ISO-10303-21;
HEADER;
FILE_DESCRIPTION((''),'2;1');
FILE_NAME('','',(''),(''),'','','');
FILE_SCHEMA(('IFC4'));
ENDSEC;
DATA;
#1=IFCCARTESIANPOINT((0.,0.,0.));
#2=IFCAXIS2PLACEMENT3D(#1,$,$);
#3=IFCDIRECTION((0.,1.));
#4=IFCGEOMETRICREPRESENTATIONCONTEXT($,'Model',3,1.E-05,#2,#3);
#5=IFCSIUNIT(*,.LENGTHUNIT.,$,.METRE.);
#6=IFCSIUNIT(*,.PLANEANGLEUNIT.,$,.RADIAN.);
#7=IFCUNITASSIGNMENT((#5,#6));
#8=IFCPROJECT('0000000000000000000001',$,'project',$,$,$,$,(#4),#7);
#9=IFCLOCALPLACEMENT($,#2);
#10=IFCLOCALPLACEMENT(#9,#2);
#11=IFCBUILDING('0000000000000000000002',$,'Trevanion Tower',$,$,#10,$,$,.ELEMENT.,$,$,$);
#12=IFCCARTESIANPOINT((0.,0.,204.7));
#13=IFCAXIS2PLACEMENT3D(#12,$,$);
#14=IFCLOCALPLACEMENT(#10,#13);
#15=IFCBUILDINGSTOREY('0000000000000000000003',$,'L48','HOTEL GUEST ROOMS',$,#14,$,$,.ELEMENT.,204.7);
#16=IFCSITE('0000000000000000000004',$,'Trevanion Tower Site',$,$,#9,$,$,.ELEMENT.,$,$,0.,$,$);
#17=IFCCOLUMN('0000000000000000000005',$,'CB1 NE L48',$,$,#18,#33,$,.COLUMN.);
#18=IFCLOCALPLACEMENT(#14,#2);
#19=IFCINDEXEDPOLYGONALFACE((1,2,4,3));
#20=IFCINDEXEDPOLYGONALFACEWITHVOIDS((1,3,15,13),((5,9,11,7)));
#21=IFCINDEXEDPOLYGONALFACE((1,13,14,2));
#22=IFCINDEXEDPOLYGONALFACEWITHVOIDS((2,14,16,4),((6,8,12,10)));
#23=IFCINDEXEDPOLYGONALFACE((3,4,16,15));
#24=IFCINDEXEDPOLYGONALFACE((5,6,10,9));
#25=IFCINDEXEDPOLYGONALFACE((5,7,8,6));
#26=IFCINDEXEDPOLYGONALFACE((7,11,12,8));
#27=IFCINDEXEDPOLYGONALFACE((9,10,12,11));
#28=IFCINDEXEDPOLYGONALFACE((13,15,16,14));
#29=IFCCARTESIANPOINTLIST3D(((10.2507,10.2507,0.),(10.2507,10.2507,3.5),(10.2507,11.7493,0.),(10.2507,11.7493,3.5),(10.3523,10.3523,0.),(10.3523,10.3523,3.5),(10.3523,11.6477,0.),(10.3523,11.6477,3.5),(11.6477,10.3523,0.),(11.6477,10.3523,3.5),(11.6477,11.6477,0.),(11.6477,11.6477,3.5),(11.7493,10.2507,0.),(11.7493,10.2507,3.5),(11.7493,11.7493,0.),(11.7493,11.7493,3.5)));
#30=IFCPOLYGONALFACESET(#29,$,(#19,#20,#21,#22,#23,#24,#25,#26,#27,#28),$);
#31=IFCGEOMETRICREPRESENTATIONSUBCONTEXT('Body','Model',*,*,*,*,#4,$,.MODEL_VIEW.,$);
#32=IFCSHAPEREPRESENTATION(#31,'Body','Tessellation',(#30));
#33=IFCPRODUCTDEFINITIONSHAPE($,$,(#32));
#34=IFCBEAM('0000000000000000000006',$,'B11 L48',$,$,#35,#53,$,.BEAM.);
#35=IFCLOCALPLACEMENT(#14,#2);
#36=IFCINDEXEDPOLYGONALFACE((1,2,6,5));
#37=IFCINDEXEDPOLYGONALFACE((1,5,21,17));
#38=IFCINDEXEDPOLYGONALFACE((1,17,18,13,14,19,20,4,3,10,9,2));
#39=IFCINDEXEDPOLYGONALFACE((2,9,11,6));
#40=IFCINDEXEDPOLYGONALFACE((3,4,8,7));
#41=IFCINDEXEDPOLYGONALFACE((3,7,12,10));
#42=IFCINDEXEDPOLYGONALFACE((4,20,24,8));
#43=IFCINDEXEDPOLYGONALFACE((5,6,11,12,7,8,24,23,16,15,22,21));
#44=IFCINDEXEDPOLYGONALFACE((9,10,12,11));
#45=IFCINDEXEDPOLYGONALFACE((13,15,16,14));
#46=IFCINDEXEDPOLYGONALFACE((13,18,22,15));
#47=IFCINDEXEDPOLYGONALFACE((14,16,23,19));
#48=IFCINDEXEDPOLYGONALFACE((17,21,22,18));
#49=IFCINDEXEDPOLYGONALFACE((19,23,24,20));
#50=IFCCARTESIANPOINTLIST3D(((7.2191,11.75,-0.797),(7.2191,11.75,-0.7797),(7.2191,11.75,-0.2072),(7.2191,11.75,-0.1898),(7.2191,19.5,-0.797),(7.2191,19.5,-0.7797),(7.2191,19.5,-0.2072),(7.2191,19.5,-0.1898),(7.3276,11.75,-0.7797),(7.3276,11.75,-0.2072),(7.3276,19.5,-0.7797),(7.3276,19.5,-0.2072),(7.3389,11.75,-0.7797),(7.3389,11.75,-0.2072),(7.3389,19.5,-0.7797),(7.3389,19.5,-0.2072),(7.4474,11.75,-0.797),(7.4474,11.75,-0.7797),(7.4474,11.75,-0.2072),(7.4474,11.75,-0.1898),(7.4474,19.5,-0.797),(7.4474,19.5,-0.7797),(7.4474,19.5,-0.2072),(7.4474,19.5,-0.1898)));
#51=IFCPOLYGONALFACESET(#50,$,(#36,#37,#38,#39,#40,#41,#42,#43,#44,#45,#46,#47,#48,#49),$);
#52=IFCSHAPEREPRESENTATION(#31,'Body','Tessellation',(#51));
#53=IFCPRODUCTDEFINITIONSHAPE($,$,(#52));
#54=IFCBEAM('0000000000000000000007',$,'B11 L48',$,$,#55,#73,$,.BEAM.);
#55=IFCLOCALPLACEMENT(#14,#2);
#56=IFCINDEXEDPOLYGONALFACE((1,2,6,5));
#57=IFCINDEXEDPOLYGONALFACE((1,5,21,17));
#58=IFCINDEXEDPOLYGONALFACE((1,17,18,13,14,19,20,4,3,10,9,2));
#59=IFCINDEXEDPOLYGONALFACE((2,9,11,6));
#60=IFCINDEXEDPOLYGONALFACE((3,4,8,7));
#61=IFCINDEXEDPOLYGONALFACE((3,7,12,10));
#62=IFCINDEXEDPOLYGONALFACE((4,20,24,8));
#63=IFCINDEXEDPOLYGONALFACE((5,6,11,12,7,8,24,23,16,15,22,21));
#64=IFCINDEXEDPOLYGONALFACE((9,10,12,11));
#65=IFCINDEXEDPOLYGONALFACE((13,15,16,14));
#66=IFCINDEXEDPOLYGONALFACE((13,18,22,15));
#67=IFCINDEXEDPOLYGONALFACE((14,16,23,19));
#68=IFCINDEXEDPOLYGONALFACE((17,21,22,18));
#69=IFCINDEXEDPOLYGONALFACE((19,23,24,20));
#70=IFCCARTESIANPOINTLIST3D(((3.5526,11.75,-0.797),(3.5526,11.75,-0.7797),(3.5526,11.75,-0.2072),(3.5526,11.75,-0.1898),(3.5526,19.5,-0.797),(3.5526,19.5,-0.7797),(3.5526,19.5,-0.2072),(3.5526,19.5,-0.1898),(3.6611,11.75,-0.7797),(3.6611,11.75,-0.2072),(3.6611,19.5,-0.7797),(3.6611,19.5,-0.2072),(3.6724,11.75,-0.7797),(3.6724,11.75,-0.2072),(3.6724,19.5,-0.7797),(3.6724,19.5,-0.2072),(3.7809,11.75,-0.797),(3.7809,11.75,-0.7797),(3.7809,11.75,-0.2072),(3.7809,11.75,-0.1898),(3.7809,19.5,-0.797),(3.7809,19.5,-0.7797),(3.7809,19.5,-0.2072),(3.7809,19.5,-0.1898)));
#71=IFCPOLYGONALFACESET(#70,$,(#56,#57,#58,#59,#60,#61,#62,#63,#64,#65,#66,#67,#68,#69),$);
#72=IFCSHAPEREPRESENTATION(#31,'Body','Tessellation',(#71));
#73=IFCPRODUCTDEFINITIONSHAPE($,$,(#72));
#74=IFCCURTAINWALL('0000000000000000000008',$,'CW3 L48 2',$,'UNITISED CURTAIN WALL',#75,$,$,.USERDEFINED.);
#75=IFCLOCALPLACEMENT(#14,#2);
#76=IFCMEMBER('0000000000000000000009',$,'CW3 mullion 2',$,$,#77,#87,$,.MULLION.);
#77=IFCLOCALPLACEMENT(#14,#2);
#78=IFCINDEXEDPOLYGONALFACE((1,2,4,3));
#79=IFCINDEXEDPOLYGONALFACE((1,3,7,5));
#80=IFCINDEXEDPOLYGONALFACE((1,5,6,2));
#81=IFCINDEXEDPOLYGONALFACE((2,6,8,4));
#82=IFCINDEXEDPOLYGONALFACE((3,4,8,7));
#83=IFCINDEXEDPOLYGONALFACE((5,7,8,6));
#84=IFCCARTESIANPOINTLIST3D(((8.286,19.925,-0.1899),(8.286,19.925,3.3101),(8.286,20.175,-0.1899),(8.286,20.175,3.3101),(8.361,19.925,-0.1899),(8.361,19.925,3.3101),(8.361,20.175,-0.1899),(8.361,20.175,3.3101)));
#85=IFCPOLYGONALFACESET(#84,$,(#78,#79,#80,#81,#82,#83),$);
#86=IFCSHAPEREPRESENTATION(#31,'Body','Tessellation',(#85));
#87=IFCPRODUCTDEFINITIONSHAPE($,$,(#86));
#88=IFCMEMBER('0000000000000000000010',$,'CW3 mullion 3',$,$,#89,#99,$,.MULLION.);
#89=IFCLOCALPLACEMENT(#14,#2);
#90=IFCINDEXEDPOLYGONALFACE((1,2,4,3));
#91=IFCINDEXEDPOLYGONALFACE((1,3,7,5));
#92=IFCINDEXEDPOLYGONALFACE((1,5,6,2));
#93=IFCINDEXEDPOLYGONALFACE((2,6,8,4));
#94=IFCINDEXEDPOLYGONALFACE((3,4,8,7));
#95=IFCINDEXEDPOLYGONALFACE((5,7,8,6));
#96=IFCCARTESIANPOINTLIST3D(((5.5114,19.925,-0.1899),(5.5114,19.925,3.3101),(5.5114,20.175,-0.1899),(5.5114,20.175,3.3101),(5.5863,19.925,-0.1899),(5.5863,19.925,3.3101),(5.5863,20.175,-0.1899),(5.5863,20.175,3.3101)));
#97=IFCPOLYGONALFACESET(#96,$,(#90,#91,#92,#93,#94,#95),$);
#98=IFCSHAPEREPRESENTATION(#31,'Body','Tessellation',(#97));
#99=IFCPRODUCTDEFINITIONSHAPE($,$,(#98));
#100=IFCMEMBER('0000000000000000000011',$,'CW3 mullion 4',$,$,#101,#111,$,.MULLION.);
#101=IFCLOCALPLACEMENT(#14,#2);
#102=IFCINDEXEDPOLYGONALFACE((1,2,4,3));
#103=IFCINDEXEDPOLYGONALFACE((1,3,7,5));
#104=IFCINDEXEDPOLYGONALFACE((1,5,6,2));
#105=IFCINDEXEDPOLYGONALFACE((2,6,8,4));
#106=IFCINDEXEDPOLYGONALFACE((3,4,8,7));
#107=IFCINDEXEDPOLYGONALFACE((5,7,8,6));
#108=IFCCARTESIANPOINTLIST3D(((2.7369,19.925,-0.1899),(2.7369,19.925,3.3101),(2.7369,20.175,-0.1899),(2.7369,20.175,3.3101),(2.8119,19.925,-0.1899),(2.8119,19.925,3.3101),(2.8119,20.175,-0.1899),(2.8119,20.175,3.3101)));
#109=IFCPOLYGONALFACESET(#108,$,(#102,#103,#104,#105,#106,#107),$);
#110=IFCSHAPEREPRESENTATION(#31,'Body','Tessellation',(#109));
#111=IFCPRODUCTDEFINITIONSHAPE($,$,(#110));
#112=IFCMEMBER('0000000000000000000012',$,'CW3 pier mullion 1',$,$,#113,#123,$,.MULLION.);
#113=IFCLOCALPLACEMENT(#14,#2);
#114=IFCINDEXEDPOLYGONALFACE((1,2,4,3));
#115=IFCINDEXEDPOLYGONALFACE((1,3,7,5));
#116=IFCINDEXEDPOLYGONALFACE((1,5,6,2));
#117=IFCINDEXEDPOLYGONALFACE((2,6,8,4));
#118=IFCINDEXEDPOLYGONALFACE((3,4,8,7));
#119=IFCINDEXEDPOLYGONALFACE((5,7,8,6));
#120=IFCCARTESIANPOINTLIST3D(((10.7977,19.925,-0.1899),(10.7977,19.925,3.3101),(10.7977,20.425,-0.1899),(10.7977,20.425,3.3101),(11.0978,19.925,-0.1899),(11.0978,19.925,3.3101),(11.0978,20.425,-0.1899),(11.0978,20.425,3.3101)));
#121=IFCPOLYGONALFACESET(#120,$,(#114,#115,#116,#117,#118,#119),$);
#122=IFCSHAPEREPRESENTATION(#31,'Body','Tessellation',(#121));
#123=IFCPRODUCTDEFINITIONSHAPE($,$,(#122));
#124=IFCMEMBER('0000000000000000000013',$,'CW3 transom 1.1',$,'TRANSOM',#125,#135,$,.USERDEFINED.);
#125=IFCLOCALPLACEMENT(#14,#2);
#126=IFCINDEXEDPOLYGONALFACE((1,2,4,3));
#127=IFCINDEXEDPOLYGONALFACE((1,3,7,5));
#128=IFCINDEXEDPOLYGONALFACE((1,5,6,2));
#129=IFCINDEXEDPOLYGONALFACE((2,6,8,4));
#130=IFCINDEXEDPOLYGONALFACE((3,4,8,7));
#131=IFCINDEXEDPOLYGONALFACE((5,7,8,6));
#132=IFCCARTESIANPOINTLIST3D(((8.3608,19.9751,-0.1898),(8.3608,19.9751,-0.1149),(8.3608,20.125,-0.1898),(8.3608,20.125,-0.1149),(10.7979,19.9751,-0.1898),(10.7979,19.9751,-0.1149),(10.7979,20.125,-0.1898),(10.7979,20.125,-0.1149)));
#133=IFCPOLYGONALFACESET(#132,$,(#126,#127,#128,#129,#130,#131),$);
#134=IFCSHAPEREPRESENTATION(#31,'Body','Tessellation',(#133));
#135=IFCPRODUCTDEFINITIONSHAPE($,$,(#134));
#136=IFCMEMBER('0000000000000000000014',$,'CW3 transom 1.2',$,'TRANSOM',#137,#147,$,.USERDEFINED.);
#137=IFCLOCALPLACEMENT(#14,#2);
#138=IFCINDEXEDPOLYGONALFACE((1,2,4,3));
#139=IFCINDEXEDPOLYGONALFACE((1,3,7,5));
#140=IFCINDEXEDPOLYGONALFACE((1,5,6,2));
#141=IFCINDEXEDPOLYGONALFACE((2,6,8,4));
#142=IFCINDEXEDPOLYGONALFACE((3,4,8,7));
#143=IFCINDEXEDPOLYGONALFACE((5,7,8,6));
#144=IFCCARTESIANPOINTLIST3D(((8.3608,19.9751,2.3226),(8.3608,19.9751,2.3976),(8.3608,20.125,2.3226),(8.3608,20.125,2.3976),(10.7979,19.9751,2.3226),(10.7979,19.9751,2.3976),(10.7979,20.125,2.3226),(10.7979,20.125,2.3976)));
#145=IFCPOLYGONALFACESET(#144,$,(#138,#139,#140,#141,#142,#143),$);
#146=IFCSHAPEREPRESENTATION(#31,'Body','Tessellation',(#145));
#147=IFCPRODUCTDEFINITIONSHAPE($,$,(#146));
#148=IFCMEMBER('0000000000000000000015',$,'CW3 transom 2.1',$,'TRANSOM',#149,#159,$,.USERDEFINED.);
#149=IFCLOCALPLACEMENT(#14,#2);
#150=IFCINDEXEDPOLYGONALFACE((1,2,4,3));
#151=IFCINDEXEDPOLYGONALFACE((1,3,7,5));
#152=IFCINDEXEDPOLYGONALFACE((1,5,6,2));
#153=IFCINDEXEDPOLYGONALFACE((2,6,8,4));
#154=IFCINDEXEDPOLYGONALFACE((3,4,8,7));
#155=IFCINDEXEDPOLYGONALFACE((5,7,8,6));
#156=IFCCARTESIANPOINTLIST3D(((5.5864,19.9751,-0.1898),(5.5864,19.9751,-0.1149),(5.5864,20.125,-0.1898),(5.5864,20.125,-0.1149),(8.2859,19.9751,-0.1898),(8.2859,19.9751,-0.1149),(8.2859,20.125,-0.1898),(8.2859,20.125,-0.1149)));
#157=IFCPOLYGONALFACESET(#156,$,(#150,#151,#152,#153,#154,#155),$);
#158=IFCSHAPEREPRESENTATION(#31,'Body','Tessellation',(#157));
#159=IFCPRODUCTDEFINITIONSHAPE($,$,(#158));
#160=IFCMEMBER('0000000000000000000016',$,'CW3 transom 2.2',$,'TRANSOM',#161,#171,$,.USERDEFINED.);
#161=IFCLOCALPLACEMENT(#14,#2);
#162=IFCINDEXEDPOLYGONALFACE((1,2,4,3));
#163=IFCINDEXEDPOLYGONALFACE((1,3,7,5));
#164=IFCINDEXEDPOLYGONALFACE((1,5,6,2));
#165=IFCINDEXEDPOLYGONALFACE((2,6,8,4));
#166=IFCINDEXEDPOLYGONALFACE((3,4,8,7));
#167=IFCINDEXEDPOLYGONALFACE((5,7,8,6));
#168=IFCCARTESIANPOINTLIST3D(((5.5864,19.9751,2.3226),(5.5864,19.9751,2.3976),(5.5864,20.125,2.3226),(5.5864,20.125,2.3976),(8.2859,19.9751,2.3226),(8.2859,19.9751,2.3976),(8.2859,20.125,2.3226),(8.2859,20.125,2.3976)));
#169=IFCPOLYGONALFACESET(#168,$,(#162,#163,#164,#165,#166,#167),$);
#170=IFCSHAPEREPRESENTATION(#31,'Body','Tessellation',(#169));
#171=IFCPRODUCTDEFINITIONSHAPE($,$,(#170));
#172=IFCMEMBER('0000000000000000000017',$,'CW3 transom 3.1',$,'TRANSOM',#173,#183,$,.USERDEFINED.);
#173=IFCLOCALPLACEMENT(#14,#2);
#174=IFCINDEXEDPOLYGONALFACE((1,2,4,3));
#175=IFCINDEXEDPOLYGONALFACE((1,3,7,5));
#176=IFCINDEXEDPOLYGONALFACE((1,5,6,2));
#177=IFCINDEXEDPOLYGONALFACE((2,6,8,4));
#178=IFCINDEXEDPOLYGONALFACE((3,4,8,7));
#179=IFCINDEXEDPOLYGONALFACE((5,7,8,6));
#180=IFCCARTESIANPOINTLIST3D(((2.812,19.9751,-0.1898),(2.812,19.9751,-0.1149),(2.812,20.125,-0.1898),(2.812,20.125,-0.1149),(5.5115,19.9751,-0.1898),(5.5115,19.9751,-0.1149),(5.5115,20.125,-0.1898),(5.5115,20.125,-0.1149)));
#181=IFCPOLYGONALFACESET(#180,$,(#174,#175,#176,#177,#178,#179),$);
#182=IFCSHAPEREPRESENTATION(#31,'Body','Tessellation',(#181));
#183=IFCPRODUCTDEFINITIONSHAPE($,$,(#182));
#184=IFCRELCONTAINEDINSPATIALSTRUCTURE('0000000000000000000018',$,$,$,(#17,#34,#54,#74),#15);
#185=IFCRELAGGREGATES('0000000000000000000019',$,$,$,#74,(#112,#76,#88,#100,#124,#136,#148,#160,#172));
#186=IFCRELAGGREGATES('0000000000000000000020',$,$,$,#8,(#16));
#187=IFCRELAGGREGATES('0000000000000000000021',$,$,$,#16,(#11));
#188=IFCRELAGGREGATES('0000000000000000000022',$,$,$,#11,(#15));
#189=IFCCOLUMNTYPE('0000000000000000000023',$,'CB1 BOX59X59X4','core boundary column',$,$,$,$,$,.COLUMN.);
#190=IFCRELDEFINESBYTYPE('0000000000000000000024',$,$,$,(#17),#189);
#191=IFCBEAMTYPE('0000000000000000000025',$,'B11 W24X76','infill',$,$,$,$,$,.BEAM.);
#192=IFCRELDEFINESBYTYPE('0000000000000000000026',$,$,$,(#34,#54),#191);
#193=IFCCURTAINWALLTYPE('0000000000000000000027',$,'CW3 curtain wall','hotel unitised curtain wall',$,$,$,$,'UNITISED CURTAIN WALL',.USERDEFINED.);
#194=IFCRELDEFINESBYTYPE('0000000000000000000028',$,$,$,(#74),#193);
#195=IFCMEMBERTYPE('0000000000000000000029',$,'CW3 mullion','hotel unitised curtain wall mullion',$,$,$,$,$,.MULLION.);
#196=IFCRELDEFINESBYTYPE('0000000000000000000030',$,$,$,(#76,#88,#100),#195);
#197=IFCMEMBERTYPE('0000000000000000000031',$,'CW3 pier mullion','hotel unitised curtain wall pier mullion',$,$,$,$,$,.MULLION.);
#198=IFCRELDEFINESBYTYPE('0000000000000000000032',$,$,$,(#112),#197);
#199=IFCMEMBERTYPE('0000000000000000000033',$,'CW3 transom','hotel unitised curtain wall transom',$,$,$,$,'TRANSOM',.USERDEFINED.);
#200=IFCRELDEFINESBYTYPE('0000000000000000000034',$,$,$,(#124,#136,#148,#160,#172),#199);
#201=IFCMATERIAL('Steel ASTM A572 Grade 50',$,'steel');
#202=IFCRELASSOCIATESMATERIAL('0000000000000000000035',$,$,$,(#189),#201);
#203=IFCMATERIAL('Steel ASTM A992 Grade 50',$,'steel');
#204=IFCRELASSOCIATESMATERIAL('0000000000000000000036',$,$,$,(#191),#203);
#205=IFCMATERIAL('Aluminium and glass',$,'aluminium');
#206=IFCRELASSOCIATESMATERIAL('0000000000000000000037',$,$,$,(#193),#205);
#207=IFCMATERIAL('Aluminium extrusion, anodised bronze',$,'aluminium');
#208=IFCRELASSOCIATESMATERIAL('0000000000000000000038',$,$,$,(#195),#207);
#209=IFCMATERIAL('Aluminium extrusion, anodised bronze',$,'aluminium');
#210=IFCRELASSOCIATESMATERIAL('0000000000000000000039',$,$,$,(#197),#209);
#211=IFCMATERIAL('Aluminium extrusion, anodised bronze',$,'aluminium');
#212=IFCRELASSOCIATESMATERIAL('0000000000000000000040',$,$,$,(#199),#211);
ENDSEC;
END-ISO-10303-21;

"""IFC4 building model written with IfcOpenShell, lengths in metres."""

from ifc_helpers import new_model, si_unit, direction, frame, origin, origin_2d, place, context, subcontext, project, spatial, rectangle, hollow_rectangle, i_section, extrude, material, material_profile, profile_set, type_object, element, aggregate, save


model = new_model("IFC4")

# Units and contexts
model_context = context("Model", 3, precision=1e-05, world=origin(), true_north=direction((0.0, 1.0)))
body_context = subcontext(model_context, "Body", "Model", "MODEL_VIEW")
ifc_project = project(units=[si_unit("LENGTHUNIT", "METRE"), si_unit("PLANEANGLEUNIT", "RADIAN")], contexts=[model_context])

# Site, building, storey
site_placement = place(None, origin())
site = spatial("IfcSite", under=ifc_project, at=site_placement, Name="Trevanion Tower Site", CompositionType="ELEMENT", RefElevation=0.0)
building_placement = place(site_placement, origin())
building = spatial("IfcBuilding", under=site, at=building_placement, Name="Trevanion Tower", CompositionType="ELEMENT")
storey_placement = place(building_placement, frame((0.0, 0.0, 204.7)))
storey = spatial("IfcBuildingStorey", under=building, at=storey_placement, Name="L48", Description="HOTEL GUEST ROOMS", CompositionType="ELEMENT", Elevation=204.7)

# Column
ifc_material_1 = material(Name="Steel ASTM A572 Grade 50", Category="steel")
ifc_material_profile_1 = material_profile(ifc_material_1, hollow_rectangle(XDim=1.4985, YDim=1.4985, WallThickness=0.1016, at=origin_2d()), Name="BOX59X59X4")
ifc_profile_set_1 = profile_set([ifc_material_profile_1], Name="Steel ASTM A572 Grade 50")
column_type = type_object("IfcColumnType", Name="CB1 BOX59X59X4", Description="core boundary column", PredefinedType="COLUMN", material=ifc_profile_set_1)
column_placement = place(storey_placement, frame((11.0, 11.0, 0.0), z_axis=(0.0, 0.0, 1.0), x_axis=(1.0, 0.0, 0.0)))
element("IfcColumn", 1, at=column_placement, inside=storey, type_object=column_type, Name="CB1 NE L48", PredefinedType="COLUMN", context=body_context, shape_type="SweptSolid", body=[
    extrude(hollow_rectangle(XDim=1.4985, YDim=1.4985, WallThickness=0.1016, at=origin_2d()), origin(), (0.0, 0.0, 1.0), 3.5),
])

# Beams
ifc_material_2 = material(Name="Steel ASTM A992 Grade 50", Category="steel")
ifc_material_profile_2 = material_profile(ifc_material_2, i_section(OverallWidth=0.2283, OverallDepth=0.6072, WebThickness=0.0112, FlangeThickness=0.0173, at=origin_2d()), Name="W24X76")
ifc_profile_set_2 = profile_set([ifc_material_profile_2], Name="Steel ASTM A992 Grade 50")
beam_type_1 = type_object("IfcBeamType", Name="B11 W24X76", Description="infill", PredefinedType="BEAM", material=ifc_profile_set_2)
for number, where, z_axis, x_axis, name in (
    (2, (7.3333, 11.75, -0.4934), (0.0, 1.0, 0.0), (-1.0, 0.0, 0.0), "B11 L48"),
    (3, (3.6667, 11.75, -0.4934), (0.0, 1.0, 0.0), (-1.0, 0.0, 0.0), "B11 L48"),
):
    element("IfcBeam", number, at=place(storey_placement, frame(where, z_axis=z_axis, x_axis=x_axis)), inside=storey, type_object=beam_type_1, Name=name, PredefinedType="BEAM", context=body_context, shape_type="SweptSolid", body=[
        extrude(i_section(OverallWidth=0.2283, OverallDepth=0.6072, WebThickness=0.0112, FlangeThickness=0.0173, at=origin_2d()), origin(), (0.0, 0.0, 1.0), 7.75),
    ])

# Curtain wall, members
ifc_material_3 = material(Name="Aluminium and glass", Category="aluminium")
curtain_wall_type = type_object("IfcCurtainWallType", Name="CW3 curtain wall", Description="hotel unitised curtain wall", ElementType="UNITISED CURTAIN WALL", PredefinedType="USERDEFINED", material=ifc_material_3)
curtain_wall_placement = place(storey_placement, origin())
curtain_wall = element("IfcCurtainWall", 4, at=curtain_wall_placement, inside=storey, type_object=curtain_wall_type, Name="CW3 L48 2", ObjectType="UNITISED CURTAIN WALL", PredefinedType="USERDEFINED")
ifc_material_4 = material(Name="Aluminium extrusion, anodised bronze", Category="aluminium")
ifc_material_profile_3 = material_profile(ifc_material_4, rectangle(XDim=0.075, YDim=0.25, at=origin_2d()), Name="CW3 mullion")
ifc_profile_set_3 = profile_set([ifc_material_profile_3], Name="Aluminium extrusion, anodised bronze")
member_type_1 = type_object("IfcMemberType", Name="CW3 mullion", Description="hotel unitised curtain wall mullion", PredefinedType="MULLION", material=ifc_profile_set_3)
member_1_placement = place(storey_placement, frame((8.3235, 20.05, -0.1899), z_axis=(0.0, 0.0, 1.0), x_axis=(-1.0, 0.0, 0.0)))
member_1 = element("IfcMember", 5, at=member_1_placement, type_object=member_type_1, Name="CW3 mullion 2", PredefinedType="MULLION", context=body_context, shape_type="SweptSolid", body=[
    extrude(rectangle(XDim=0.075, YDim=0.25, at=origin_2d()), origin(), (0.0, 0.0, 1.0), 3.5),
])
member_2_placement = place(storey_placement, frame((5.5488, 20.05, -0.1899), z_axis=(0.0, 0.0, 1.0), x_axis=(-1.0, 0.0, 0.0)))
member_2 = element("IfcMember", 6, at=member_2_placement, type_object=member_type_1, Name="CW3 mullion 3", PredefinedType="MULLION", context=body_context, shape_type="SweptSolid", body=[
    extrude(rectangle(XDim=0.075, YDim=0.25, at=origin_2d()), origin(), (0.0, 0.0, 1.0), 3.5),
])
member_3_placement = place(storey_placement, frame((2.7744, 20.05, -0.1899), z_axis=(0.0, 0.0, 1.0), x_axis=(-1.0, 0.0, 0.0)))
member_3 = element("IfcMember", 7, at=member_3_placement, type_object=member_type_1, Name="CW3 mullion 4", PredefinedType="MULLION", context=body_context, shape_type="SweptSolid", body=[
    extrude(rectangle(XDim=0.075, YDim=0.25, at=origin_2d()), origin(), (0.0, 0.0, 1.0), 3.5),
])
ifc_material_5 = material(Name="Aluminium extrusion, anodised bronze", Category="aluminium")
ifc_material_profile_4 = material_profile(ifc_material_5, rectangle(XDim=0.3, YDim=0.5, at=origin_2d()), Name="CW3 pier mullion")
ifc_profile_set_4 = profile_set([ifc_material_profile_4], Name="Aluminium extrusion, anodised bronze")
member_type_2 = type_object("IfcMemberType", Name="CW3 pier mullion", Description="hotel unitised curtain wall pier mullion", PredefinedType="MULLION", material=ifc_profile_set_4)
member_4_placement = place(storey_placement, frame((10.9478, 20.175, -0.1899), z_axis=(0.0, 0.0, 1.0), x_axis=(-1.0, 0.0, 0.0)))
member_4 = element("IfcMember", 8, at=member_4_placement, type_object=member_type_2, Name="CW3 pier mullion 1", PredefinedType="MULLION", context=body_context, shape_type="SweptSolid", body=[
    extrude(rectangle(XDim=0.3, YDim=0.5, at=origin_2d()), origin(), (0.0, 0.0, 1.0), 3.5),
])
ifc_material_6 = material(Name="Aluminium extrusion, anodised bronze", Category="aluminium")
ifc_material_profile_5 = material_profile(ifc_material_6, rectangle(XDim=0.1499, YDim=0.075, at=origin_2d()), Name="CW3 transom")
ifc_profile_set_5 = profile_set([ifc_material_profile_5], Name="Aluminium extrusion, anodised bronze")
member_type_3 = type_object("IfcMemberType", Name="CW3 transom", Description="hotel unitised curtain wall transom", ElementType="TRANSOM", PredefinedType="USERDEFINED", material=ifc_profile_set_5)
member_5_placement = place(storey_placement, frame((10.7979, 20.05, -0.1523), z_axis=(-1.0, 0.0, 0.0), x_axis=(0.0, -1.0, 0.0)))
member_5 = element("IfcMember", 9, at=member_5_placement, type_object=member_type_3, Name="CW3 transom 1.1", ObjectType="TRANSOM", PredefinedType="USERDEFINED", context=body_context, shape_type="SweptSolid", body=[
    extrude(rectangle(XDim=0.1499, YDim=0.075, at=origin_2d()), origin(), (0.0, 0.0, 1.0), 2.437),
])
member_6_placement = place(storey_placement, frame((10.7979, 20.05, 2.3601), z_axis=(-1.0, 0.0, 0.0), x_axis=(0.0, -1.0, 0.0)))
member_6 = element("IfcMember", 10, at=member_6_placement, type_object=member_type_3, Name="CW3 transom 1.2", ObjectType="TRANSOM", PredefinedType="USERDEFINED", context=body_context, shape_type="SweptSolid", body=[
    extrude(rectangle(XDim=0.1499, YDim=0.075, at=origin_2d()), origin(), (0.0, 0.0, 1.0), 2.437),
])
member_7_placement = place(storey_placement, frame((8.2859, 20.05, -0.1523), z_axis=(-1.0, 0.0, 0.0), x_axis=(0.0, -1.0, 0.0)))
member_7 = element("IfcMember", 11, at=member_7_placement, type_object=member_type_3, Name="CW3 transom 2.1", ObjectType="TRANSOM", PredefinedType="USERDEFINED", context=body_context, shape_type="SweptSolid", body=[
    extrude(rectangle(XDim=0.1499, YDim=0.075, at=origin_2d()), origin(), (0.0, 0.0, 1.0), 2.6995),
])
member_8_placement = place(storey_placement, frame((8.2859, 20.05, 2.3601), z_axis=(-1.0, 0.0, 0.0), x_axis=(0.0, -1.0, 0.0)))
member_8 = element("IfcMember", 12, at=member_8_placement, type_object=member_type_3, Name="CW3 transom 2.2", ObjectType="TRANSOM", PredefinedType="USERDEFINED", context=body_context, shape_type="SweptSolid", body=[
    extrude(rectangle(XDim=0.1499, YDim=0.075, at=origin_2d()), origin(), (0.0, 0.0, 1.0), 2.6995),
])
member_9_placement = place(storey_placement, frame((5.5115, 20.05, -0.1523), z_axis=(-1.0, 0.0, 0.0), x_axis=(0.0, -1.0, 0.0)))
member_9 = element("IfcMember", 13, at=member_9_placement, type_object=member_type_3, Name="CW3 transom 3.1", ObjectType="TRANSOM", PredefinedType="USERDEFINED", context=body_context, shape_type="SweptSolid", body=[
    extrude(rectangle(XDim=0.1499, YDim=0.075, at=origin_2d()), origin(), (0.0, 0.0, 1.0), 2.6995),
])

aggregate(curtain_wall, [member_4, member_1, member_2, member_3, member_5, member_6, member_7, member_8, member_9])

save(model, "model.ifc")
